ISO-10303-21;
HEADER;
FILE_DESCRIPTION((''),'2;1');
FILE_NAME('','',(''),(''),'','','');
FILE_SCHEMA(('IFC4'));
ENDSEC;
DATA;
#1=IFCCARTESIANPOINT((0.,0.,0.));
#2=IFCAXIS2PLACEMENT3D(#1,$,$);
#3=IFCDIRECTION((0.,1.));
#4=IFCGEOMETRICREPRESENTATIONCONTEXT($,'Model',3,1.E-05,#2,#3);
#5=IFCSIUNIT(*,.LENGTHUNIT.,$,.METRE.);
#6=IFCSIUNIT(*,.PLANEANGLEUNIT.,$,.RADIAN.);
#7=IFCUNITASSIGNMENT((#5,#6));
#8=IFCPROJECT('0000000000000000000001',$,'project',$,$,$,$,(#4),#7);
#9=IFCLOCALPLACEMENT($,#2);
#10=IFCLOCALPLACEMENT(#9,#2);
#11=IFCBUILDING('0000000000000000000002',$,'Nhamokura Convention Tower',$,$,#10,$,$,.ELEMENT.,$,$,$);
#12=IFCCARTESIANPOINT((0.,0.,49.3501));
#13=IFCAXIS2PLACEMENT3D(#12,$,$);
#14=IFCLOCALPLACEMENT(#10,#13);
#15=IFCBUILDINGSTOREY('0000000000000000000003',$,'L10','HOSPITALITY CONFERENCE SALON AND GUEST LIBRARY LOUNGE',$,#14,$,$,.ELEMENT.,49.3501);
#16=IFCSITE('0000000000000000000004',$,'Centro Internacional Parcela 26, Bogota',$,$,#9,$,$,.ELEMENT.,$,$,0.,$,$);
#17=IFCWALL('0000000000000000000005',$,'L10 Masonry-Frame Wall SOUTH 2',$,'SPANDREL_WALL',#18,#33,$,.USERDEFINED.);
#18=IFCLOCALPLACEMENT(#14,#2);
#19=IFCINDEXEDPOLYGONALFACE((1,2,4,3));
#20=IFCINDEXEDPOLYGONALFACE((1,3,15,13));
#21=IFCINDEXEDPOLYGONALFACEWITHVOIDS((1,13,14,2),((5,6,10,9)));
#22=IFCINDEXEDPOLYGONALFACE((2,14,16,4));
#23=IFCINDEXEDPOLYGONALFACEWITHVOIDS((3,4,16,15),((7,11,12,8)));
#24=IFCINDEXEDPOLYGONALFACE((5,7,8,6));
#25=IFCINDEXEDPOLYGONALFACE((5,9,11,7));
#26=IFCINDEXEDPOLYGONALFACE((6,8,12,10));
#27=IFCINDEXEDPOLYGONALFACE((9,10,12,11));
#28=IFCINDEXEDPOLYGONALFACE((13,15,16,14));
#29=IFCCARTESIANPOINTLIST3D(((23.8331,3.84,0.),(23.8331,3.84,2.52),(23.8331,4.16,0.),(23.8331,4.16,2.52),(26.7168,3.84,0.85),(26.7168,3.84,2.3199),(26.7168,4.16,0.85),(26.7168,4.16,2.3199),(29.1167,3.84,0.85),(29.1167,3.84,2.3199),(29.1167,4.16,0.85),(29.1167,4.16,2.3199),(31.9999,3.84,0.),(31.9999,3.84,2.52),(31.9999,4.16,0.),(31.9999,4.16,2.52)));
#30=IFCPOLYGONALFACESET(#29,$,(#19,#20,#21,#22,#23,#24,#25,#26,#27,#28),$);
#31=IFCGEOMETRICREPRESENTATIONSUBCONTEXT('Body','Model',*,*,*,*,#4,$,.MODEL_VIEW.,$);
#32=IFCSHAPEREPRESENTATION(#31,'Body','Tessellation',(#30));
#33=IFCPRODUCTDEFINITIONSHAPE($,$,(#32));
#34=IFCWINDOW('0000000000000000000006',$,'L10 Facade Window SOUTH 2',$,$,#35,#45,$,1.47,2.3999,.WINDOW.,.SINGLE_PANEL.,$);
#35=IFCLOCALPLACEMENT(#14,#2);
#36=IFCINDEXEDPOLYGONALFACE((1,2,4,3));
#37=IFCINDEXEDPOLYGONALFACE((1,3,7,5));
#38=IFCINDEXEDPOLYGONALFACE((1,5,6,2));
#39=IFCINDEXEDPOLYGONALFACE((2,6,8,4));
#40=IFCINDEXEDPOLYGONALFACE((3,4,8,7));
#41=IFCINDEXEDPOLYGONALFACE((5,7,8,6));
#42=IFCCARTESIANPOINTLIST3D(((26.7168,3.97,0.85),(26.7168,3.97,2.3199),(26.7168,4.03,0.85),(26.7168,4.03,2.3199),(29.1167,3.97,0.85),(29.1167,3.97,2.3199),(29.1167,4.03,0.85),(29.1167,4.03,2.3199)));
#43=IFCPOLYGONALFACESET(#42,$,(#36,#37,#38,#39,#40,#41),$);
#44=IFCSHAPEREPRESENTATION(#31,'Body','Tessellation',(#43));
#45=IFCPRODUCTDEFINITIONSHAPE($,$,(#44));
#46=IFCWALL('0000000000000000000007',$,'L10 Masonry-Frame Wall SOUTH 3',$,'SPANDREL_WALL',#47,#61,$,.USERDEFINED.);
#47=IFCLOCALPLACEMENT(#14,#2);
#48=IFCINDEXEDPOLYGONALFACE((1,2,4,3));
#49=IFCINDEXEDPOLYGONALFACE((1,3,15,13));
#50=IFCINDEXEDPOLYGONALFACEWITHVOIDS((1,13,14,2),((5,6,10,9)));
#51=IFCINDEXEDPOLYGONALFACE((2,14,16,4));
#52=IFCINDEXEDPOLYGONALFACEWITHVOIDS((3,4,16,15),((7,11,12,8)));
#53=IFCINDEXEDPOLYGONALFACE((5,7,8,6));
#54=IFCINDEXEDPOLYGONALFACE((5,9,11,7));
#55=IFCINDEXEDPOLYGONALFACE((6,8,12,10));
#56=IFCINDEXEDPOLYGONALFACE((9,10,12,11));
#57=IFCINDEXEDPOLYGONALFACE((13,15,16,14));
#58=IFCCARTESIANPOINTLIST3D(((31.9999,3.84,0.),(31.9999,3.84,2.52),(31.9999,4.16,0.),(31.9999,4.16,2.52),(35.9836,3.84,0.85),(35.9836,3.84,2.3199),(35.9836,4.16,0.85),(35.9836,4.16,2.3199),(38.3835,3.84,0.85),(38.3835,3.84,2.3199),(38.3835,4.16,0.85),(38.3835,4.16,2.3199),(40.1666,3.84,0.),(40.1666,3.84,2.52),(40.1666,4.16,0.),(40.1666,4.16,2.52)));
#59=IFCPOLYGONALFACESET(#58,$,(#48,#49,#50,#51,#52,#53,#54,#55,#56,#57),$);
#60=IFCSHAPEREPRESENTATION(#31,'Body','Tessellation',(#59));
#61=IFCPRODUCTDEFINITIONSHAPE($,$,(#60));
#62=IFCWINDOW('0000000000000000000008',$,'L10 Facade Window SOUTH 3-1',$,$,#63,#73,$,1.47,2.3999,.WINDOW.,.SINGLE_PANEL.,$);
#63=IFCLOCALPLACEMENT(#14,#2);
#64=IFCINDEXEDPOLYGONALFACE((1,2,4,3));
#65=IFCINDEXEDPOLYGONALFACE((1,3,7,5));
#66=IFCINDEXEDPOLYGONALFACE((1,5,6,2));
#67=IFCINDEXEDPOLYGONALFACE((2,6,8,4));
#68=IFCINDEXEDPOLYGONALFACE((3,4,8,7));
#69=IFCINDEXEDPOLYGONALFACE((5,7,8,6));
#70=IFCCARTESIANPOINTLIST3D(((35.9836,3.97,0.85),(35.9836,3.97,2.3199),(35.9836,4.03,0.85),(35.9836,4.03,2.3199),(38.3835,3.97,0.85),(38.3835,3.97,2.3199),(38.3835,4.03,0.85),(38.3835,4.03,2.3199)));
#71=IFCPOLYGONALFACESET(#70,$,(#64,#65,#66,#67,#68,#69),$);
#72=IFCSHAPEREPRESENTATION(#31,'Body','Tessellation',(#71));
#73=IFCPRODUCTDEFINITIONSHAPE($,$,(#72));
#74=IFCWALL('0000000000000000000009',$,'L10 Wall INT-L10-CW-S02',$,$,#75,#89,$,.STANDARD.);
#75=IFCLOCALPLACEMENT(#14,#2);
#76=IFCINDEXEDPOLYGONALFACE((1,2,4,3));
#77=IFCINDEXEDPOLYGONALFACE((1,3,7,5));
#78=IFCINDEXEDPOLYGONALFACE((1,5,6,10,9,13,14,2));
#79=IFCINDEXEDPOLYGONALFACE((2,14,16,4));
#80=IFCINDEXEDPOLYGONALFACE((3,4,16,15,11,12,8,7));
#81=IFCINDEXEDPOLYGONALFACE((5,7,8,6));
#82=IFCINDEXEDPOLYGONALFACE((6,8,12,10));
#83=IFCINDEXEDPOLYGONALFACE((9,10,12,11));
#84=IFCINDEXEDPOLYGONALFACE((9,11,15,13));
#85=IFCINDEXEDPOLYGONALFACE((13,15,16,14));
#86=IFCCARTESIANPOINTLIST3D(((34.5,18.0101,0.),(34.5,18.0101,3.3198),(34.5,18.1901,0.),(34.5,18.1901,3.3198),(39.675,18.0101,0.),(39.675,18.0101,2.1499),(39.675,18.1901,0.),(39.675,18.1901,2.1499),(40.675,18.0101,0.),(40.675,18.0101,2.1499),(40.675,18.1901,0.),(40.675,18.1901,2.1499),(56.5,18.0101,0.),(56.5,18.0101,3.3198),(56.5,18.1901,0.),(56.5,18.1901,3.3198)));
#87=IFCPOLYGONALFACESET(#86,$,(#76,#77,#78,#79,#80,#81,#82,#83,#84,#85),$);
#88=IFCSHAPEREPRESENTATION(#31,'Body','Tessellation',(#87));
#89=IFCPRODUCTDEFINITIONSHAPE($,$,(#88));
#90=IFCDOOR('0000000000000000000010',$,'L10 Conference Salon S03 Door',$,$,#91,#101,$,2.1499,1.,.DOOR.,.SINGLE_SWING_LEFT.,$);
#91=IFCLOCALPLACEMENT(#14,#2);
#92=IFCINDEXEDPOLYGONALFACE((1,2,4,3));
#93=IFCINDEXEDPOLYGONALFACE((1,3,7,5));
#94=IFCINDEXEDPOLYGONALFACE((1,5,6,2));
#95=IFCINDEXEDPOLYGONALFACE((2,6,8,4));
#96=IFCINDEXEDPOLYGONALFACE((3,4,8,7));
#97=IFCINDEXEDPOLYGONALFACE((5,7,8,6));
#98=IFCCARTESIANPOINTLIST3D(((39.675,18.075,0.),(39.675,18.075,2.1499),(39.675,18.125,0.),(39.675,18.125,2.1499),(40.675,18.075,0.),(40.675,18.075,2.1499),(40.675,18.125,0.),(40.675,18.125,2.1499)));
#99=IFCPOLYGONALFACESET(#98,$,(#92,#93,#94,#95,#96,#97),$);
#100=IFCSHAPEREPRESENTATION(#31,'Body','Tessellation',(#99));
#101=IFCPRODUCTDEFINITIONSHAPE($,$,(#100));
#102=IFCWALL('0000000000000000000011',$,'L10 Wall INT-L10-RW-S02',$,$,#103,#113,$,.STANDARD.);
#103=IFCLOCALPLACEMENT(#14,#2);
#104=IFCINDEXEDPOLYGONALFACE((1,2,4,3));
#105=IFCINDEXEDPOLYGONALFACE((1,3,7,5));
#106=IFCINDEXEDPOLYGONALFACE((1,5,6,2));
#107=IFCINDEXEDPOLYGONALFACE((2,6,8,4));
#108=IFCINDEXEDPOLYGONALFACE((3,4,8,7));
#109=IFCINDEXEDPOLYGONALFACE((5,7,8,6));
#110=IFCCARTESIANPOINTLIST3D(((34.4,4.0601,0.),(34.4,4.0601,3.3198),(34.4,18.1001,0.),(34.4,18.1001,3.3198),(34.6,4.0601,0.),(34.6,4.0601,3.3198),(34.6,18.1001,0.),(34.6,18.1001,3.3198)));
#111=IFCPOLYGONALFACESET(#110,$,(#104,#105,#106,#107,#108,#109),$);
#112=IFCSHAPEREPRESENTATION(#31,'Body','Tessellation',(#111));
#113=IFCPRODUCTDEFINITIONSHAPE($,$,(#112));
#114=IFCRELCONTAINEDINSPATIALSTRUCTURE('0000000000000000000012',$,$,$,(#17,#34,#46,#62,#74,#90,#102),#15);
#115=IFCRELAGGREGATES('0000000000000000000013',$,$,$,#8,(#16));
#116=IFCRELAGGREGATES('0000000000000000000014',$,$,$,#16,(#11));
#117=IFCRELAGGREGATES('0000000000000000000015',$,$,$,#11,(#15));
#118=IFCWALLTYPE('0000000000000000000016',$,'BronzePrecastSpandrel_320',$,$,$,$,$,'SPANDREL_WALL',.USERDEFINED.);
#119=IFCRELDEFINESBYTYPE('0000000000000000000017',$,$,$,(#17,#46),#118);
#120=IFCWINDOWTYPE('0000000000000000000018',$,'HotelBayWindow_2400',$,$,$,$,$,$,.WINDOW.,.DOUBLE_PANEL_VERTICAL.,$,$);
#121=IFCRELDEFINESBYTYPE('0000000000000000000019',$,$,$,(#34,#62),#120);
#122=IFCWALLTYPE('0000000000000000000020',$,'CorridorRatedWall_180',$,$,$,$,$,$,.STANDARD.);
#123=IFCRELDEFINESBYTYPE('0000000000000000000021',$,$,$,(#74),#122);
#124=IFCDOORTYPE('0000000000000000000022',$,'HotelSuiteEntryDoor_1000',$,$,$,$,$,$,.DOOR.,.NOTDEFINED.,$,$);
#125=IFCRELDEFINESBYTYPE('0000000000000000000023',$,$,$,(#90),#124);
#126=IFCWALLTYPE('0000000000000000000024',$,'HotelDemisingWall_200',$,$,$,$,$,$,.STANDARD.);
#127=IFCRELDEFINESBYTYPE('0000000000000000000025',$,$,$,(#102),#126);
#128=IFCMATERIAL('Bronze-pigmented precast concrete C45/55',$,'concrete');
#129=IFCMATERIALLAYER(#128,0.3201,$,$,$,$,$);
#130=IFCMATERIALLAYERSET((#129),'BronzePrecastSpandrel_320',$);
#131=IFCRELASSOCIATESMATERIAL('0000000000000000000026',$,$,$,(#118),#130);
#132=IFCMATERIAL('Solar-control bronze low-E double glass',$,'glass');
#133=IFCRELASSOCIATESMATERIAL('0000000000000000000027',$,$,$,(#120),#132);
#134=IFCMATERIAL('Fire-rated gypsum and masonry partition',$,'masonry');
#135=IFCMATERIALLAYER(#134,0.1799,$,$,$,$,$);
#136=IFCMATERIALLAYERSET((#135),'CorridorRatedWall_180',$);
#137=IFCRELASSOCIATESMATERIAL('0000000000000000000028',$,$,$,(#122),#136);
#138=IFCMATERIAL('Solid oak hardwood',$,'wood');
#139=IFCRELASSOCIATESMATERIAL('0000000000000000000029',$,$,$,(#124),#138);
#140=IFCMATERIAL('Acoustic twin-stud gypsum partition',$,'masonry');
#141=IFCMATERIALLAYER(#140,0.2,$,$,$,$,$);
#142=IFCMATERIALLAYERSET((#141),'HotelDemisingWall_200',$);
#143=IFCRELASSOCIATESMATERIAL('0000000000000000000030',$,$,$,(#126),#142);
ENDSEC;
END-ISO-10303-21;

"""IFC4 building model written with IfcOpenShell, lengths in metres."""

from ifc_helpers import new_model, si_unit, direction, frame, frame_2d, origin, place, context, subcontext, project, spatial, rectangle, extrude, material, layer, layer_set, type_object, element, fill, save


model = new_model("IFC4")

# Units and contexts
model_context = context("Model", 3, precision=1e-05, world=origin(), true_north=direction((0.0, 1.0)))
body_context = subcontext(model_context, "Body", "Model", "MODEL_VIEW")
ifc_project = project(units=[si_unit("LENGTHUNIT", "METRE"), si_unit("PLANEANGLEUNIT", "RADIAN")], contexts=[model_context])

# Site, building, storey
site_placement = place(None, origin())
site = spatial("IfcSite", under=ifc_project, at=site_placement, Name="Centro Internacional Parcela 26, Bogota", CompositionType="ELEMENT", RefElevation=0.0)
building_placement = place(site_placement, origin())
building = spatial("IfcBuilding", under=site, at=building_placement, Name="Nhamokura Convention Tower", CompositionType="ELEMENT")
storey_placement = place(building_placement, frame((0.0, 0.0, 49.3501)))
storey = spatial("IfcBuildingStorey", under=building, at=storey_placement, Name="L10", Description="HOSPITALITY CONFERENCE SALON AND GUEST LIBRARY LOUNGE", CompositionType="ELEMENT", Elevation=49.3501)

# Walls, openings, windows
ifc_material_1 = material(Name="Bronze-pigmented precast concrete C45/55", Category="concrete")
ifc_layer_1 = layer(ifc_material_1, 0.3201)
ifc_layer_set_1 = layer_set([ifc_layer_1], Name="BronzePrecastSpandrel_320")
wall_type_1 = type_object("IfcWallType", Name="BronzePrecastSpandrel_320", ElementType="SPANDREL_WALL", PredefinedType="USERDEFINED", material=ifc_layer_set_1)
wall_1_placement = place(storey_placement, frame((32.0, 4.0, 0.0), z_axis=(0.0, 0.0, 1.0), x_axis=(-1.0, 0.0, 0.0)))
wall_1 = element("IfcWall", 1, at=wall_1_placement, inside=storey, type_object=wall_type_1, Name="L10 Masonry-Frame Wall SOUTH 2", ObjectType="SPANDREL_WALL", PredefinedType="USERDEFINED", context=body_context, shape_type="SweptSolid", body=[
    extrude(rectangle(XDim=8.1667, YDim=0.3201, at=frame_2d((4.0835, 0.0))), origin(), (0.0, 0.0, 1.0), 2.52),
])
opening_1_placement = place(wall_1_placement, frame((2.8833, 0.0, 0.8501)))
opening_1 = element("IfcOpeningElement", 2, at=opening_1_placement, cuts=wall_1, PredefinedType="OPENING", context=body_context, shape_type="SweptSolid", body=[
    extrude(rectangle(XDim=2.3999, YDim=1.47, at=frame_2d((1.2, 0.7349))), frame((0.0, 0.1699, 0.0), z_axis=(0.0, -1.0, 0.0), x_axis=(1.0, 0.0, 0.0)), (0.0, 0.0, 1.0), 0.3401),
])
ifc_material_2 = material(Name="Solar-control bronze low-E double glass", Category="glass")
window_type = type_object("IfcWindowType", Name="HotelBayWindow_2400", PartitioningType="DOUBLE_PANEL_VERTICAL", PredefinedType="WINDOW", material=ifc_material_2)
window_1_placement = place(opening_1_placement, origin())
window_1 = element("IfcWindow", 3, at=window_1_placement, inside=storey, type_object=window_type, Name="L10 Facade Window SOUTH 2", OverallHeight=1.47, OverallWidth=2.3999, PartitioningType="SINGLE_PANEL", PredefinedType="WINDOW", context=body_context, shape_type="SweptSolid", body=[
    extrude(rectangle(XDim=2.3999, YDim=1.47, at=frame_2d((1.2, 0.7349))), frame((0.0, 0.03, 0.0), z_axis=(0.0, -1.0, 0.0), x_axis=(1.0, 0.0, 0.0)), (0.0, 0.0, 1.0), 0.0601),
])
fill(opening_1, window_1)
wall_2_placement = place(storey_placement, frame((40.1667, 4.0, 0.0), z_axis=(0.0, 0.0, 1.0), x_axis=(-1.0, 0.0, 0.0)))
wall_2 = element("IfcWall", 4, at=wall_2_placement, inside=storey, type_object=wall_type_1, Name="L10 Masonry-Frame Wall SOUTH 3", ObjectType="SPANDREL_WALL", PredefinedType="USERDEFINED", context=body_context, shape_type="SweptSolid", body=[
    extrude(rectangle(XDim=8.1667, YDim=0.3201, at=frame_2d((4.0835, 0.0))), origin(), (0.0, 0.0, 1.0), 2.52),
])
opening_2_placement = place(wall_2_placement, frame((1.7832, 0.0, 0.8501)))
opening_2 = element("IfcOpeningElement", 5, at=opening_2_placement, cuts=wall_2, PredefinedType="OPENING", context=body_context, shape_type="SweptSolid", body=[
    extrude(rectangle(XDim=2.3999, YDim=1.47, at=frame_2d((1.2, 0.7349))), frame((0.0, 0.1699, 0.0), z_axis=(0.0, -1.0, 0.0), x_axis=(1.0, 0.0, 0.0)), (0.0, 0.0, 1.0), 0.3401),
])
window_2_placement = place(opening_2_placement, origin())
window_2 = element("IfcWindow", 6, at=window_2_placement, inside=storey, type_object=window_type, Name="L10 Facade Window SOUTH 3-1", OverallHeight=1.47, OverallWidth=2.3999, PartitioningType="SINGLE_PANEL", PredefinedType="WINDOW", context=body_context, shape_type="SweptSolid", body=[
    extrude(rectangle(XDim=2.3999, YDim=1.47, at=frame_2d((1.2, 0.7349))), frame((0.0, 0.03, 0.0), z_axis=(0.0, -1.0, 0.0), x_axis=(1.0, 0.0, 0.0)), (0.0, 0.0, 1.0), 0.0601),
])
fill(opening_2, window_2)

# Wall, opening, door
ifc_material_3 = material(Name="Fire-rated gypsum and masonry partition", Category="masonry")
ifc_layer_2 = layer(ifc_material_3, 0.1799)
ifc_layer_set_2 = layer_set([ifc_layer_2], Name="CorridorRatedWall_180")
wall_type_2 = type_object("IfcWallType", Name="CorridorRatedWall_180", PredefinedType="STANDARD", material=ifc_layer_set_2)
wall_3_placement = place(storey_placement, frame((34.5, 18.1001, 0.0), z_axis=(0.0, 0.0, 1.0), x_axis=(1.0, 0.0, 0.0)))
wall_3 = element("IfcWall", 7, at=wall_3_placement, inside=storey, type_object=wall_type_2, Name="L10 Wall INT-L10-CW-S02", PredefinedType="STANDARD", context=body_context, shape_type="SweptSolid", body=[
    extrude(rectangle(XDim=22.0, YDim=0.1799, at=frame_2d((11.0, 0.0))), origin(), (0.0, 0.0, 1.0), 3.3198),
])
opening_3_placement = place(wall_3_placement, frame((5.175, 0.0, 0.0)))
opening_3 = element("IfcOpeningElement", 8, at=opening_3_placement, cuts=wall_3, PredefinedType="OPENING", context=body_context, shape_type="SweptSolid", body=[
    extrude(rectangle(XDim=1.0, YDim=2.1499, at=frame_2d((0.5, 1.075))), frame((0.0, 0.0999, 0.0), z_axis=(0.0, -1.0, 0.0), x_axis=(1.0, 0.0, 0.0)), (0.0, 0.0, 1.0), 0.2),
])
ifc_material_4 = material(Name="Solid oak hardwood", Category="wood")
door_type_1 = type_object("IfcDoorType", Name="HotelSuiteEntryDoor_1000", OperationType="NOTDEFINED", PredefinedType="DOOR", material=ifc_material_4)
door_1_placement = place(opening_3_placement, origin())
door_1 = element("IfcDoor", 9, at=door_1_placement, inside=storey, type_object=door_type_1, Name="L10 Conference Salon S03 Door", OperationType="SINGLE_SWING_LEFT", OverallHeight=2.1499, OverallWidth=1.0, PredefinedType="DOOR", context=body_context, shape_type="SweptSolid", body=[
    extrude(rectangle(XDim=1.0, YDim=2.1499, at=frame_2d((0.5, 1.075))), frame((0.0, 0.0249, 0.0), z_axis=(0.0, -1.0, 0.0), x_axis=(1.0, 0.0, 0.0)), (0.0, 0.0, 1.0), 0.05),
])
fill(opening_3, door_1)

# Wall
ifc_material_5 = material(Name="Acoustic twin-stud gypsum partition", Category="masonry")
ifc_layer_3 = layer(ifc_material_5, 0.2)
ifc_layer_set_3 = layer_set([ifc_layer_3], Name="HotelDemisingWall_200")
wall_type_3 = type_object("IfcWallType", Name="HotelDemisingWall_200", PredefinedType="STANDARD", material=ifc_layer_set_3)
wall_4_placement = place(storey_placement, frame((34.5, 4.0601, 0.0), z_axis=(0.0, 0.0, 1.0), x_axis=(0.0, 1.0, 0.0)))
element("IfcWall", 10, at=wall_4_placement, inside=storey, type_object=wall_type_3, Name="L10 Wall INT-L10-RW-S02", PredefinedType="STANDARD", context=body_context, shape_type="SweptSolid", body=[
    extrude(rectangle(XDim=14.04, YDim=0.2, at=frame_2d((7.02, 0.0))), origin(), (0.0, 0.0, 1.0), 3.3198),
])

save(model, "model.ifc")
